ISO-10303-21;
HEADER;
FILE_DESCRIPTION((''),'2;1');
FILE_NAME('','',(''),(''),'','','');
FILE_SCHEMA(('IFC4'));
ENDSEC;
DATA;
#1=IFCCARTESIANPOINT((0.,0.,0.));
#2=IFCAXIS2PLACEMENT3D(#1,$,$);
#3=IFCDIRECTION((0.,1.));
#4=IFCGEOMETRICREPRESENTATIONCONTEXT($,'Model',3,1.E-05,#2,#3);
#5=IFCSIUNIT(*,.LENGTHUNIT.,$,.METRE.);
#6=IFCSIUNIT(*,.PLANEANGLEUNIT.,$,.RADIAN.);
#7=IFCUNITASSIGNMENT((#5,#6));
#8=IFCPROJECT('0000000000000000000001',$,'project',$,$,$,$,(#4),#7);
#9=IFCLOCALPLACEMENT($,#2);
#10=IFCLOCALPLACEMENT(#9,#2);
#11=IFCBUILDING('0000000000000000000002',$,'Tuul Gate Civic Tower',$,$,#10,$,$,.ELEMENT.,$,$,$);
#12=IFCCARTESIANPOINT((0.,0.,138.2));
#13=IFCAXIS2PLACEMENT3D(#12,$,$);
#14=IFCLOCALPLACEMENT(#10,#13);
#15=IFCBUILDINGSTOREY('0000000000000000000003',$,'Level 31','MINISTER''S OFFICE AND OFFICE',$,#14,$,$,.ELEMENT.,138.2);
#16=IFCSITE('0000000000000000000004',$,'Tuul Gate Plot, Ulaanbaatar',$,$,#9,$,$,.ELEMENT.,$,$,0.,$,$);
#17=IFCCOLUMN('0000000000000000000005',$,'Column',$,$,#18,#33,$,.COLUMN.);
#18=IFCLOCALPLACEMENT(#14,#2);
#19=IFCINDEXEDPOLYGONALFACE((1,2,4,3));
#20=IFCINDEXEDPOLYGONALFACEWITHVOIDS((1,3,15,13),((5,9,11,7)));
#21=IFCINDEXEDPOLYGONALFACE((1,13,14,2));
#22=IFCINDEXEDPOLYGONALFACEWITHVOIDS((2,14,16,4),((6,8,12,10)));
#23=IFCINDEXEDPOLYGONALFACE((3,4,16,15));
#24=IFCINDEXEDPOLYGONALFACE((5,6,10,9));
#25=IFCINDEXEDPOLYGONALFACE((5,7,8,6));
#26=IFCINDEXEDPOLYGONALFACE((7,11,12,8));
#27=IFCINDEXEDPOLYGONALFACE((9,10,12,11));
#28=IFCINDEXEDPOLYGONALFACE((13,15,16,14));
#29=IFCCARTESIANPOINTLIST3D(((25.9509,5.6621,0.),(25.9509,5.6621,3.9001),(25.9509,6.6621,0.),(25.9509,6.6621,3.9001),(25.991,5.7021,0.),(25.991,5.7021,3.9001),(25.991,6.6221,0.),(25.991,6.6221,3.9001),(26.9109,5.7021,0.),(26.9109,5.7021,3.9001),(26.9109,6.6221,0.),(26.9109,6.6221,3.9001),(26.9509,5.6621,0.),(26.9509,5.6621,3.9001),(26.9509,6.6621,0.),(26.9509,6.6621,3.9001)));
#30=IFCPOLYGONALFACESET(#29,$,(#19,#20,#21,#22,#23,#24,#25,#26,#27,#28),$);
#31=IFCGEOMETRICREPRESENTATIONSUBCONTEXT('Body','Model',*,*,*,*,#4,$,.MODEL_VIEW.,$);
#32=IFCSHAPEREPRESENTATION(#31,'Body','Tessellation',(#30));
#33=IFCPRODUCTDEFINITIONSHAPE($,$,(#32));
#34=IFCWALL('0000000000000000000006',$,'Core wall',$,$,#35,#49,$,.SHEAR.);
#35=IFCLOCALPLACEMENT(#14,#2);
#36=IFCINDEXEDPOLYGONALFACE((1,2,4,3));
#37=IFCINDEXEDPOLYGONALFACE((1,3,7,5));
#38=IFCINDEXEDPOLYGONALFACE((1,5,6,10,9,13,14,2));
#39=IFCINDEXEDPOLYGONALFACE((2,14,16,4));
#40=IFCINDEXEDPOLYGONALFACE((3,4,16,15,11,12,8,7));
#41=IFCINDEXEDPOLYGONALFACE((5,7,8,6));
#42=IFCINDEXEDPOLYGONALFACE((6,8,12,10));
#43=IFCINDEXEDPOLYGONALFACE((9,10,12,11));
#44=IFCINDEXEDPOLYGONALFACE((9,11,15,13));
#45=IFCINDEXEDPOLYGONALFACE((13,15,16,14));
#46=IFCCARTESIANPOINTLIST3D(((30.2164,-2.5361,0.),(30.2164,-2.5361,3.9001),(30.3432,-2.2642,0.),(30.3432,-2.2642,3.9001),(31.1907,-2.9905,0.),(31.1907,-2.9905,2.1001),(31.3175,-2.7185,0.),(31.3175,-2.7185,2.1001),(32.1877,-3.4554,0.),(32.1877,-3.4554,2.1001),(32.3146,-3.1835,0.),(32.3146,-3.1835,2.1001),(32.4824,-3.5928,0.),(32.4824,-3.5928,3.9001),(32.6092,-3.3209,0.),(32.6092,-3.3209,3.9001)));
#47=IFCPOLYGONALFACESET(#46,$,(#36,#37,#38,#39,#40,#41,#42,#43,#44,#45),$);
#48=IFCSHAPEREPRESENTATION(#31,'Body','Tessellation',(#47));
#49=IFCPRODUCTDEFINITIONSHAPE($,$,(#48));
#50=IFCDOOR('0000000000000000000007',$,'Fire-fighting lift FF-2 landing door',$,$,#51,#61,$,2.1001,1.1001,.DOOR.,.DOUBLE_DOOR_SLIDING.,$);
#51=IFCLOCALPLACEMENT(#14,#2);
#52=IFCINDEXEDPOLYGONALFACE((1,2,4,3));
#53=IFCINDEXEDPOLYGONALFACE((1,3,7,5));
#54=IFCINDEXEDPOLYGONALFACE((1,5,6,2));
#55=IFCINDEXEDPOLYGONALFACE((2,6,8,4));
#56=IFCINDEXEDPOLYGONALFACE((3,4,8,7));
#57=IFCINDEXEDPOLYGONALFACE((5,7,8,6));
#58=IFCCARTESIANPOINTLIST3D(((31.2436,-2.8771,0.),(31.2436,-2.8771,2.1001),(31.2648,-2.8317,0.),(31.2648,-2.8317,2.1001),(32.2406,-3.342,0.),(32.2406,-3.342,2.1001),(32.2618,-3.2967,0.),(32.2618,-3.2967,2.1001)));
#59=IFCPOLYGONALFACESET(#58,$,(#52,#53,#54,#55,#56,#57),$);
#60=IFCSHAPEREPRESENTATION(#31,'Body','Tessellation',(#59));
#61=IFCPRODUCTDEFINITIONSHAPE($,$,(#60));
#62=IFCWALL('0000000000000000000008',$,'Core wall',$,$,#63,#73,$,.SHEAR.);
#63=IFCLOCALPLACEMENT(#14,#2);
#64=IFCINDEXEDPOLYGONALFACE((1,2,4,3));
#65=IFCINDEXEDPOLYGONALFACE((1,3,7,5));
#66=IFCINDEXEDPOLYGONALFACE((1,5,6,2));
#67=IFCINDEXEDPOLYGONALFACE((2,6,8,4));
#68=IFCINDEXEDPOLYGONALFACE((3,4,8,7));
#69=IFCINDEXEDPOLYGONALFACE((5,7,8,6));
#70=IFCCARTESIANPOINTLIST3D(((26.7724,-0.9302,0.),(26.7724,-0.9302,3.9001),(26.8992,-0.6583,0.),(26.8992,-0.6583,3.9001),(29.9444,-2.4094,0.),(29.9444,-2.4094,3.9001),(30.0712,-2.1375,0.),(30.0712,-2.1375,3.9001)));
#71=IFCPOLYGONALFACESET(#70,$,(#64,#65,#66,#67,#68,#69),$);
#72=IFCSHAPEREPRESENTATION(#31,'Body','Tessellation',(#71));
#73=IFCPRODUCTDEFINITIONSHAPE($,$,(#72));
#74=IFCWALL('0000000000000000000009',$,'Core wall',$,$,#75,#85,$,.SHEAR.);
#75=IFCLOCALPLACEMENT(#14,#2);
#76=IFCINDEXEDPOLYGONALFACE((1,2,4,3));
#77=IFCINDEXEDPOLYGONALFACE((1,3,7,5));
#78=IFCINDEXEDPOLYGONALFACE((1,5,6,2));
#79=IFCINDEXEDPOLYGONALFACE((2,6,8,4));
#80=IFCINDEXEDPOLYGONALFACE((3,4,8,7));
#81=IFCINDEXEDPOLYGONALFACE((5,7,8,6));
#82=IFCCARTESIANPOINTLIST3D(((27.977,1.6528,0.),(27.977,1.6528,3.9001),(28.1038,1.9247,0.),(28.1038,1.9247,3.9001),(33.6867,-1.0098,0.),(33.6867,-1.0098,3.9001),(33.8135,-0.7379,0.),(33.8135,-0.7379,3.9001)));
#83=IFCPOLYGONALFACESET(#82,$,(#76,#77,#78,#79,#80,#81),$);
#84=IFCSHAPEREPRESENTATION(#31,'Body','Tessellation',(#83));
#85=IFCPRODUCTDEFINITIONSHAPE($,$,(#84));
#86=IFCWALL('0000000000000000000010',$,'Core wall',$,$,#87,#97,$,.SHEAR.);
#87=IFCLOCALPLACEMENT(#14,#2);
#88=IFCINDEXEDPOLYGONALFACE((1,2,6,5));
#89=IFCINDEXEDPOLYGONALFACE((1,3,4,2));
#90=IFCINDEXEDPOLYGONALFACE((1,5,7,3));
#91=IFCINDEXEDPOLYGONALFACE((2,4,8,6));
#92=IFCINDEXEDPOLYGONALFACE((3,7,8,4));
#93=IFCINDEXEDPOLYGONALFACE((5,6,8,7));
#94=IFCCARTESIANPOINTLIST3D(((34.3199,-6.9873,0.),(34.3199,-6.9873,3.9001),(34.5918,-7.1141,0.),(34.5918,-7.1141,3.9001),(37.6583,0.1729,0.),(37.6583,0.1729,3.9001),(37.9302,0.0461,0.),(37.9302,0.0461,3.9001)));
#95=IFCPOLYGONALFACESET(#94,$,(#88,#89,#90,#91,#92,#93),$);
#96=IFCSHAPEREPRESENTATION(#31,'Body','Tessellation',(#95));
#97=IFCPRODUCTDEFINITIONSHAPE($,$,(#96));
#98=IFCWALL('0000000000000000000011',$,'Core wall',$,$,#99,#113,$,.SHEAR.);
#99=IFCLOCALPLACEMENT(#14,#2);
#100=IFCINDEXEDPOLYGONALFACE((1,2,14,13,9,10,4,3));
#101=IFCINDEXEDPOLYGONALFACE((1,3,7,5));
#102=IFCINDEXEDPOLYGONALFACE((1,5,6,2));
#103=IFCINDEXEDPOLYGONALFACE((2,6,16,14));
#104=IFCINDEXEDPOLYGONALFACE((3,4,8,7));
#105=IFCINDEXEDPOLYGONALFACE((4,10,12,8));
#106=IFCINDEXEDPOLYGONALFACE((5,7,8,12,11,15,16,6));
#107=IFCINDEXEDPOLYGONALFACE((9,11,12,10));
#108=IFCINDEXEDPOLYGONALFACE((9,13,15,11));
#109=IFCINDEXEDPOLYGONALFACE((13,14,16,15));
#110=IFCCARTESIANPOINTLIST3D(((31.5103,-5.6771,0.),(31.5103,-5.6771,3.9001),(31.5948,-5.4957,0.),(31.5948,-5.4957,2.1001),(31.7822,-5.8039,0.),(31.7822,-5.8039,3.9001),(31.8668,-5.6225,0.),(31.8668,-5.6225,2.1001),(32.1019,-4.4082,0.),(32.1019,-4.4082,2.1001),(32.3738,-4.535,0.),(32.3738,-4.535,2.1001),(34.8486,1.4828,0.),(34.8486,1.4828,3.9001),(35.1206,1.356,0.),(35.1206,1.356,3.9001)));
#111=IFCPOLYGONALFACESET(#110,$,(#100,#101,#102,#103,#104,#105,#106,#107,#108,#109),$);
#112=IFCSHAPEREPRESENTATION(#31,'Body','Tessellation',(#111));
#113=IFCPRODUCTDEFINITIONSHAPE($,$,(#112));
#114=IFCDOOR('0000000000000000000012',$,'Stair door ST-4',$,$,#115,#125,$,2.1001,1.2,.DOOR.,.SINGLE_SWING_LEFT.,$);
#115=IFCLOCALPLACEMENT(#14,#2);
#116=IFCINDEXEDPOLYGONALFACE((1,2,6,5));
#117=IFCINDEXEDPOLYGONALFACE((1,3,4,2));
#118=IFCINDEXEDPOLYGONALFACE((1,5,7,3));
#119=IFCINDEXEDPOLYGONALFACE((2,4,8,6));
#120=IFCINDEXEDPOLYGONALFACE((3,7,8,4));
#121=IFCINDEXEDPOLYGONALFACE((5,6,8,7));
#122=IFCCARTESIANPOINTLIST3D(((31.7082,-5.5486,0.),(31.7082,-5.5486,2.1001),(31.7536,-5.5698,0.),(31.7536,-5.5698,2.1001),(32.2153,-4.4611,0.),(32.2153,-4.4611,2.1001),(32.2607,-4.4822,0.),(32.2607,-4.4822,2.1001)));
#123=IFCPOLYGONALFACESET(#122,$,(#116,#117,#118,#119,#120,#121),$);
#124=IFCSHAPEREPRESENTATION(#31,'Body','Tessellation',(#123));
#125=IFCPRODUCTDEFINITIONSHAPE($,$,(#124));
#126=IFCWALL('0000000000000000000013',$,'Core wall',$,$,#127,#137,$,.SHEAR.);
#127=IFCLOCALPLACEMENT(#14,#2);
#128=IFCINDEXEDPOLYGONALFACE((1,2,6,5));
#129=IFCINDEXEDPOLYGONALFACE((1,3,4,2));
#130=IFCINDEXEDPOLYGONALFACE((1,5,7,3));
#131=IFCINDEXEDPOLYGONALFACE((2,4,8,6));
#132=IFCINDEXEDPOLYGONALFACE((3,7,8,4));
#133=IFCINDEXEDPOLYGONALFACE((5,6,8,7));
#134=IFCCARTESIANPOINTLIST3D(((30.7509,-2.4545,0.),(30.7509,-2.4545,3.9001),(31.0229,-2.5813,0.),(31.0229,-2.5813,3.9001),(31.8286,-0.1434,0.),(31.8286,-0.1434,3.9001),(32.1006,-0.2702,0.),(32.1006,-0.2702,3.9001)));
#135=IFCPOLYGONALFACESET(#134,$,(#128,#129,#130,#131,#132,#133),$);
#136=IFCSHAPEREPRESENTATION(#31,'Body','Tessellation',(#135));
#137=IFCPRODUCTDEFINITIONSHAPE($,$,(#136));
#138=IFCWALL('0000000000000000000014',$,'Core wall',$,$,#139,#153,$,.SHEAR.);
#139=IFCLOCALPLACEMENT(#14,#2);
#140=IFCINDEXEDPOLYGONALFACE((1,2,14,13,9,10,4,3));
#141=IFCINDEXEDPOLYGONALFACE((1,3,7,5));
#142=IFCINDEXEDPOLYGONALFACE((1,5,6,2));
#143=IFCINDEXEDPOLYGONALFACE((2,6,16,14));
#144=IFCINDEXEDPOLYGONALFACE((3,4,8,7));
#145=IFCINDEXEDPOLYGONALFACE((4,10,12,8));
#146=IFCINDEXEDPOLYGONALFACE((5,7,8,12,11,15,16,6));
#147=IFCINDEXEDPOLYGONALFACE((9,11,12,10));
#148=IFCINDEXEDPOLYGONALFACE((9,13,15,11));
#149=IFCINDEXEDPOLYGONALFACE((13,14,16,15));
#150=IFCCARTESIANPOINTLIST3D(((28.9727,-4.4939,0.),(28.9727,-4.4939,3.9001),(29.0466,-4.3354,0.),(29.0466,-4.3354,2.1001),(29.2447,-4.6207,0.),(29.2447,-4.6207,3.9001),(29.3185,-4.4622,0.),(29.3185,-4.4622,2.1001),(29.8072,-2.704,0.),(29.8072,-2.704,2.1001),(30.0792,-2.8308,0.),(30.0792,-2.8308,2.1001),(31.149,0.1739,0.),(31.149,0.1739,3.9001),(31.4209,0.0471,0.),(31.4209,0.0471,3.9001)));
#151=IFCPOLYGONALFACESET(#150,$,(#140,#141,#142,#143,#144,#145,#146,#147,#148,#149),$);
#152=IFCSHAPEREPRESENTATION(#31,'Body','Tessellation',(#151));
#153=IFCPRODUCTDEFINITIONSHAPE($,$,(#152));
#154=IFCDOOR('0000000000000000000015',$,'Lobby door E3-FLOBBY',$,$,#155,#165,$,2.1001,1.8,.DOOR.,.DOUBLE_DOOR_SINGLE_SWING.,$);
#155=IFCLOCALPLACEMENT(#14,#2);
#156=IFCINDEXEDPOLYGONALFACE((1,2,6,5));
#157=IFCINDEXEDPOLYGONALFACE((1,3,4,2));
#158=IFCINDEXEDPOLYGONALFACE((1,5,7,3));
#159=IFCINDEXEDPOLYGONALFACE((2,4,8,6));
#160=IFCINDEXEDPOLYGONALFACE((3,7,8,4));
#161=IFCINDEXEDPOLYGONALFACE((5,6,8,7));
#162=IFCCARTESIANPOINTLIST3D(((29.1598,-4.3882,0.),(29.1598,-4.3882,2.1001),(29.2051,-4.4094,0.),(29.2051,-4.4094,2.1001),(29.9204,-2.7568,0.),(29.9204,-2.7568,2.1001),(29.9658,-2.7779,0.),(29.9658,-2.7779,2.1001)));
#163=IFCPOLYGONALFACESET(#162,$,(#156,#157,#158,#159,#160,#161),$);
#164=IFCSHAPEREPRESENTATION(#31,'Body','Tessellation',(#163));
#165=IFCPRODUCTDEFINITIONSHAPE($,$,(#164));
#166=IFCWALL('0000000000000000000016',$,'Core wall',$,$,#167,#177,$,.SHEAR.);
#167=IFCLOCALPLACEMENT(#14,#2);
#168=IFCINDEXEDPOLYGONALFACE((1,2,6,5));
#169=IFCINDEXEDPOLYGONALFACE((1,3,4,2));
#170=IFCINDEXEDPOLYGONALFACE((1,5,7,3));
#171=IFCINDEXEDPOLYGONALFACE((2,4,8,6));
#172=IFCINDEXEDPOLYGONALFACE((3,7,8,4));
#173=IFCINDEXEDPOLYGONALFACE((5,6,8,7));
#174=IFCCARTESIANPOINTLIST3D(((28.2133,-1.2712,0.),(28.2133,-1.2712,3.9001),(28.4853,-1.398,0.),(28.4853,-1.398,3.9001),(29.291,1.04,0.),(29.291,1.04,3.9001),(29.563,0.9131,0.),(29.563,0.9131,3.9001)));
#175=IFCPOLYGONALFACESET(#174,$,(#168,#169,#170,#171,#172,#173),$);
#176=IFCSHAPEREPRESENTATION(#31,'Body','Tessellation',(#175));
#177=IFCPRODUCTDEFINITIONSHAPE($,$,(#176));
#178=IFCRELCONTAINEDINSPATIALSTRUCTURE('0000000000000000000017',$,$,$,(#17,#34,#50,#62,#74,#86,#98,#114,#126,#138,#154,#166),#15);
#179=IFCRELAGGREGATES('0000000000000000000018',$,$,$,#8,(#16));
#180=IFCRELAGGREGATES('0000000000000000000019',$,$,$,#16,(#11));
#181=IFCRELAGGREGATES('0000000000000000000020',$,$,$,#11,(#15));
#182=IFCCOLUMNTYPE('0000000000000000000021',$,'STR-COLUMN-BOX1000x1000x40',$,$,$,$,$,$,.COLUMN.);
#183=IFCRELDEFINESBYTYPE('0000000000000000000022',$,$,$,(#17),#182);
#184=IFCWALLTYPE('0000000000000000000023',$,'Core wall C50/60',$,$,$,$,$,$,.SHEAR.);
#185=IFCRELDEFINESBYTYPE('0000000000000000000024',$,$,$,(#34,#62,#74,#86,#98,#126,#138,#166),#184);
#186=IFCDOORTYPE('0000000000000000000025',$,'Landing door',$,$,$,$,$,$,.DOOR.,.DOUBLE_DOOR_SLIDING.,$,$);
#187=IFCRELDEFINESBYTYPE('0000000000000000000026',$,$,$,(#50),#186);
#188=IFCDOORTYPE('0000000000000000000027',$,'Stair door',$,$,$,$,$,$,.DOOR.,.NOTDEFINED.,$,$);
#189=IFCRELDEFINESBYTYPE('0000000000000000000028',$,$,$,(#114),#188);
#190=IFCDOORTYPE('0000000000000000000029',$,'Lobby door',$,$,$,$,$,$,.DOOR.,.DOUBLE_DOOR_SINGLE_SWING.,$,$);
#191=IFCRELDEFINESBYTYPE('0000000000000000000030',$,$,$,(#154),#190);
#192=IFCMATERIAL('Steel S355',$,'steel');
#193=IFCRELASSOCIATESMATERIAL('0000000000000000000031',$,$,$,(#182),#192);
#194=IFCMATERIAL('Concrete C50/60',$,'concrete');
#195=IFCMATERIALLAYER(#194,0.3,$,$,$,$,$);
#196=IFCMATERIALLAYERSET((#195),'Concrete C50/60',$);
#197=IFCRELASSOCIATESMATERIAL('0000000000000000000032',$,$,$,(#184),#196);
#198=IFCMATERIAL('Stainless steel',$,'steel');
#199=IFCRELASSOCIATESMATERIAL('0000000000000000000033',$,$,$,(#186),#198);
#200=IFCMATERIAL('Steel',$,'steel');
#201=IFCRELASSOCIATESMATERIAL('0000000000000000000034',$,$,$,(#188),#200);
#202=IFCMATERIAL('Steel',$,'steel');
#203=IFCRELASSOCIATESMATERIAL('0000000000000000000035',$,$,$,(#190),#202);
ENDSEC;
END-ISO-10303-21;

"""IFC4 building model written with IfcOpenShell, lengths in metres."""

from ifc_helpers import new_model, si_unit, direction, frame, frame_2d, origin, origin_2d, place, context, subcontext, project, spatial, rectangle, hollow_rectangle, extrude, material, layer, layer_set, material_profile, profile_set, type_object, element, fill, save


model = new_model("IFC4")

# Units and contexts
model_context = context("Model", 3, precision=1e-05, world=origin(), true_north=direction((0.0, 1.0)))
body_context = subcontext(model_context, "Body", "Model", "MODEL_VIEW")
ifc_project = project(units=[si_unit("LENGTHUNIT", "METRE"), si_unit("PLANEANGLEUNIT", "RADIAN")], contexts=[model_context])

# Site, building, storey
site_placement = place(None, origin())
site = spatial("IfcSite", under=ifc_project, at=site_placement, Name="Tuul Gate Plot, Ulaanbaatar", CompositionType="ELEMENT", RefElevation=0.0)
building_placement = place(site_placement, origin())
building = spatial("IfcBuilding", under=site, at=building_placement, Name="Tuul Gate Civic Tower", CompositionType="ELEMENT")
storey_placement = place(building_placement, frame((0.0, 0.0, 138.2)))
storey = spatial("IfcBuildingStorey", under=building, at=storey_placement, Name="Level 31", Description="MINISTER'S OFFICE AND OFFICE", CompositionType="ELEMENT", Elevation=138.2)

# Column
ifc_material_1 = material(Name="Steel S355", Category="steel")
ifc_material_profile_1 = material_profile(ifc_material_1, hollow_rectangle(XDim=1.0, YDim=1.0, WallThickness=0.04, at=origin_2d()), Name="BOX1000x1000x40")
ifc_profile_set_1 = profile_set([ifc_material_profile_1], Name="Steel S355")
column_type = type_object("IfcColumnType", Name="STR-COLUMN-BOX1000x1000x40", PredefinedType="COLUMN", material=ifc_profile_set_1)
column_placement = place(storey_placement, frame((26.4509, 6.1621, 0.0), z_axis=(0.0, 0.0, 1.0), x_axis=(1.0, 0.0, 0.0)))
element("IfcColumn", 1, at=column_placement, inside=storey, type_object=column_type, Name="Column", PredefinedType="COLUMN", context=body_context, shape_type="SweptSolid", body=[
    extrude(hollow_rectangle(XDim=1.0, YDim=1.0, WallThickness=0.04, at=origin_2d()), origin(), (0.0, 0.0, 1.0), 3.9001),
])

# Wall, opening, door
ifc_material_2 = material(Name="Concrete C50/60", Category="concrete")
ifc_layer_1 = layer(ifc_material_2, 0.3)
ifc_layer_set_1 = layer_set([ifc_layer_1], Name="Concrete C50/60")
wall_type_1 = type_object("IfcWallType", Name="Core wall C50/60", PredefinedType="SHEAR", material=ifc_layer_set_1)
wall_1_placement = place(storey_placement, frame((32.5457, -3.4568, 0.0), z_axis=(0.0, 0.0, 1.0), x_axis=(-0.9063, 0.422634, 0.0)))
wall_1 = element("IfcWall", 2, at=wall_1_placement, inside=storey, type_object=wall_type_1, Name="Core wall", PredefinedType="SHEAR", context=body_context, shape_type="SweptSolid", body=[
    extrude(rectangle(XDim=2.5002, YDim=0.3, at=frame_2d((1.25, 0.0))), origin(), (0.0, 0.0, 1.0), 3.9001),
])
opening_1_placement = place(wall_1_placement, frame((0.325, 0.0, 0.0)))
opening_1 = element("IfcOpeningElement", 3, at=opening_1_placement, cuts=wall_1, PredefinedType="OPENING", context=body_context, shape_type="SweptSolid", body=[
    extrude(rectangle(XDim=1.1001, YDim=2.1001, at=frame_2d((0.55, 1.05))), frame((0.0, 0.1602, 0.0), z_axis=(0.0, -1.0, 0.0), x_axis=(1.0, 0.0, 0.0)), (0.0, 0.0, 1.0), 0.3201),
])
ifc_material_3 = material(Name="Stainless steel", Category="steel")
door_type_1 = type_object("IfcDoorType", Name="Landing door", OperationType="DOUBLE_DOOR_SLIDING", PredefinedType="DOOR", material=ifc_material_3)
door_1_placement = place(opening_1_placement, origin())
door_1 = element("IfcDoor", 4, at=door_1_placement, inside=storey, type_object=door_type_1, Name="Fire-fighting lift FF-2 landing door", OperationType="DOUBLE_DOOR_SLIDING", OverallHeight=2.1001, OverallWidth=1.1001, PredefinedType="DOOR", context=body_context, shape_type="SweptSolid", body=[
    extrude(rectangle(XDim=1.1001, YDim=2.1001, at=frame_2d((0.55, 1.05))), frame((0.0, 0.0249, 0.0), z_axis=(0.0, -1.0, 0.0), x_axis=(1.0, 0.0, 0.0)), (0.0, 0.0, 1.0), 0.05),
])
fill(opening_1, door_1)

# Walls
wall_2_placement = place(storey_placement, frame((30.0078, -2.2734, 0.0), z_axis=(0.0, 0.0, 1.0), x_axis=(-0.906301, 0.422633, 0.0)))
element("IfcWall", 5, at=wall_2_placement, inside=storey, type_object=wall_type_1, Name="Core wall", PredefinedType="SHEAR", context=body_context, shape_type="SweptSolid", body=[
    extrude(rectangle(XDim=3.5, YDim=0.3, at=frame_2d((1.75, 0.0))), origin(), (0.0, 0.0, 1.0), 3.9001),
])
wall_3_placement = place(storey_placement, frame((33.75, -0.8738, 0.0), z_axis=(0.0, 0.0, 1.0), x_axis=(-0.906301, 0.422633, 0.0)))
element("IfcWall", 6, at=wall_3_placement, inside=storey, type_object=wall_type_1, Name="Core wall", PredefinedType="SHEAR", context=body_context, shape_type="SweptSolid", body=[
    extrude(rectangle(XDim=6.3, YDim=0.3, at=frame_2d((3.1499, 0.0))), origin(), (0.0, 0.0, 1.0), 3.9001),
])
wall_4_placement = place(storey_placement, frame((34.4558, -7.0508, 0.0), z_axis=(0.0, 0.0, 1.0), x_axis=(0.422571, 0.90633, 0.0)))
element("IfcWall", 7, at=wall_4_placement, inside=storey, type_object=wall_type_1, Name="Core wall", PredefinedType="SHEAR", context=body_context, shape_type="SweptSolid", body=[
    extrude(rectangle(XDim=7.9001, YDim=0.3, at=frame_2d((3.9502, 0.0))), origin(), (0.0, 0.0, 1.0), 3.9001),
])

# Wall, opening, door
wall_5_placement = place(storey_placement, frame((31.6462, -5.7405, 0.0), z_axis=(0.0, 0.0, 1.0), x_axis=(0.422583, 0.906324, 0.0)))
wall_5 = element("IfcWall", 8, at=wall_5_placement, inside=storey, type_object=wall_type_1, Name="Core wall", PredefinedType="SHEAR", context=body_context, shape_type="SweptSolid", body=[
    extrude(rectangle(XDim=7.8999, YDim=0.3, at=frame_2d((3.95, 0.0))), origin(), (0.0, 0.0, 1.0), 3.9001),
])
opening_2_placement = place(wall_5_placement, frame((0.2, 0.0, 0.0)))
opening_2 = element("IfcOpeningElement", 9, at=opening_2_placement, cuts=wall_5, PredefinedType="OPENING", context=body_context, shape_type="SweptSolid", body=[
    extrude(rectangle(XDim=1.2, YDim=2.1001, at=frame_2d((0.6001, 1.05))), frame((0.0, 0.1602, 0.0), z_axis=(0.0, -1.0, 0.0), x_axis=(1.0, 0.0, 0.0)), (0.0, 0.0, 1.0), 0.3201),
])
ifc_material_4 = material(Name="Steel", Category="steel")
door_type_2 = type_object("IfcDoorType", Name="Stair door", OperationType="NOTDEFINED", PredefinedType="DOOR", material=ifc_material_4)
door_2_placement = place(opening_2_placement, origin())
door_2 = element("IfcDoor", 10, at=door_2_placement, inside=storey, type_object=door_type_2, Name="Stair door ST-4", OperationType="SINGLE_SWING_LEFT", OverallHeight=2.1001, OverallWidth=1.2, PredefinedType="DOOR", context=body_context, shape_type="SweptSolid", body=[
    extrude(rectangle(XDim=1.2, YDim=2.1001, at=frame_2d((0.6001, 1.05))), frame((0.0, 0.0249, 0.0), z_axis=(0.0, -1.0, 0.0), x_axis=(1.0, 0.0, 0.0)), (0.0, 0.0, 1.0), 0.05),
])
fill(opening_2, door_2)

# Wall
wall_6_placement = place(storey_placement, frame((30.887, -2.5178, 0.0), z_axis=(0.0, 0.0, 1.0), x_axis=(0.422613, 0.90631, 0.0)))
element("IfcWall", 11, at=wall_6_placement, inside=storey, type_object=wall_type_1, Name="Core wall", PredefinedType="SHEAR", context=body_context, shape_type="SweptSolid", body=[
    extrude(rectangle(XDim=2.55, YDim=0.3, at=frame_2d((1.2749, 0.0))), origin(), (0.0, 0.0, 1.0), 3.9001),
])

# Wall, opening, door
wall_7_placement = place(storey_placement, frame((29.1086, -4.5574, 0.0), z_axis=(0.0, 0.0, 1.0), x_axis=(0.422566, 0.906332, 0.0)))
wall_7 = element("IfcWall", 12, at=wall_7_placement, inside=storey, type_object=wall_type_1, Name="Core wall", PredefinedType="SHEAR", context=body_context, shape_type="SweptSolid", body=[
    extrude(rectangle(XDim=5.1501, YDim=0.3, at=frame_2d((2.5752, 0.0))), origin(), (0.0, 0.0, 1.0), 3.9001),
])
opening_3_placement = place(wall_7_placement, frame((0.175, 0.0, 0.0)))
opening_3 = element("IfcOpeningElement", 13, at=opening_3_placement, cuts=wall_7, PredefinedType="OPENING", context=body_context, shape_type="SweptSolid", body=[
    extrude(rectangle(XDim=1.8, YDim=2.1001, at=frame_2d((0.8999, 1.05))), frame((0.0, 0.1602, 0.0), z_axis=(0.0, -1.0, 0.0), x_axis=(1.0, 0.0, 0.0)), (0.0, 0.0, 1.0), 0.3201),
])
ifc_material_5 = material(Name="Steel", Category="steel")
door_type_3 = type_object("IfcDoorType", Name="Lobby door", OperationType="DOUBLE_DOOR_SINGLE_SWING", PredefinedType="DOOR", material=ifc_material_5)
door_3_placement = place(opening_3_placement, frame((1.8, 0.0, 0.0), z_axis=(0.0, 0.0, 1.0), x_axis=(-1.0, 0.0, 0.0)))
door_3 = element("IfcDoor", 14, at=door_3_placement, inside=storey, type_object=door_type_3, Name="Lobby door E3-FLOBBY", OperationType="DOUBLE_DOOR_SINGLE_SWING", OverallHeight=2.1001, OverallWidth=1.8, PredefinedType="DOOR", context=body_context, shape_type="SweptSolid", body=[
    extrude(rectangle(XDim=1.8, YDim=2.1001, at=frame_2d((0.9001, 1.05))), frame((0.0, 0.0249, 0.0), z_axis=(0.0, -1.0, 0.0), x_axis=(1.0, 0.0, 0.0)), (0.0, 0.0, 1.0), 0.05),
])
fill(opening_3, door_3)

# Wall
wall_8_placement = place(storey_placement, frame((28.3494, -1.3345, 0.0), z_axis=(0.0, 0.0, 1.0), x_axis=(0.422613, 0.90631, 0.0)))
element("IfcWall", 15, at=wall_8_placement, inside=storey, type_object=wall_type_1, Name="Core wall", PredefinedType="SHEAR", context=body_context, shape_type="SweptSolid", body=[
    extrude(rectangle(XDim=2.55, YDim=0.3, at=frame_2d((1.2749, 0.0))), origin(), (0.0, 0.0, 1.0), 3.9001),
])

save(model, "model.ifc")
